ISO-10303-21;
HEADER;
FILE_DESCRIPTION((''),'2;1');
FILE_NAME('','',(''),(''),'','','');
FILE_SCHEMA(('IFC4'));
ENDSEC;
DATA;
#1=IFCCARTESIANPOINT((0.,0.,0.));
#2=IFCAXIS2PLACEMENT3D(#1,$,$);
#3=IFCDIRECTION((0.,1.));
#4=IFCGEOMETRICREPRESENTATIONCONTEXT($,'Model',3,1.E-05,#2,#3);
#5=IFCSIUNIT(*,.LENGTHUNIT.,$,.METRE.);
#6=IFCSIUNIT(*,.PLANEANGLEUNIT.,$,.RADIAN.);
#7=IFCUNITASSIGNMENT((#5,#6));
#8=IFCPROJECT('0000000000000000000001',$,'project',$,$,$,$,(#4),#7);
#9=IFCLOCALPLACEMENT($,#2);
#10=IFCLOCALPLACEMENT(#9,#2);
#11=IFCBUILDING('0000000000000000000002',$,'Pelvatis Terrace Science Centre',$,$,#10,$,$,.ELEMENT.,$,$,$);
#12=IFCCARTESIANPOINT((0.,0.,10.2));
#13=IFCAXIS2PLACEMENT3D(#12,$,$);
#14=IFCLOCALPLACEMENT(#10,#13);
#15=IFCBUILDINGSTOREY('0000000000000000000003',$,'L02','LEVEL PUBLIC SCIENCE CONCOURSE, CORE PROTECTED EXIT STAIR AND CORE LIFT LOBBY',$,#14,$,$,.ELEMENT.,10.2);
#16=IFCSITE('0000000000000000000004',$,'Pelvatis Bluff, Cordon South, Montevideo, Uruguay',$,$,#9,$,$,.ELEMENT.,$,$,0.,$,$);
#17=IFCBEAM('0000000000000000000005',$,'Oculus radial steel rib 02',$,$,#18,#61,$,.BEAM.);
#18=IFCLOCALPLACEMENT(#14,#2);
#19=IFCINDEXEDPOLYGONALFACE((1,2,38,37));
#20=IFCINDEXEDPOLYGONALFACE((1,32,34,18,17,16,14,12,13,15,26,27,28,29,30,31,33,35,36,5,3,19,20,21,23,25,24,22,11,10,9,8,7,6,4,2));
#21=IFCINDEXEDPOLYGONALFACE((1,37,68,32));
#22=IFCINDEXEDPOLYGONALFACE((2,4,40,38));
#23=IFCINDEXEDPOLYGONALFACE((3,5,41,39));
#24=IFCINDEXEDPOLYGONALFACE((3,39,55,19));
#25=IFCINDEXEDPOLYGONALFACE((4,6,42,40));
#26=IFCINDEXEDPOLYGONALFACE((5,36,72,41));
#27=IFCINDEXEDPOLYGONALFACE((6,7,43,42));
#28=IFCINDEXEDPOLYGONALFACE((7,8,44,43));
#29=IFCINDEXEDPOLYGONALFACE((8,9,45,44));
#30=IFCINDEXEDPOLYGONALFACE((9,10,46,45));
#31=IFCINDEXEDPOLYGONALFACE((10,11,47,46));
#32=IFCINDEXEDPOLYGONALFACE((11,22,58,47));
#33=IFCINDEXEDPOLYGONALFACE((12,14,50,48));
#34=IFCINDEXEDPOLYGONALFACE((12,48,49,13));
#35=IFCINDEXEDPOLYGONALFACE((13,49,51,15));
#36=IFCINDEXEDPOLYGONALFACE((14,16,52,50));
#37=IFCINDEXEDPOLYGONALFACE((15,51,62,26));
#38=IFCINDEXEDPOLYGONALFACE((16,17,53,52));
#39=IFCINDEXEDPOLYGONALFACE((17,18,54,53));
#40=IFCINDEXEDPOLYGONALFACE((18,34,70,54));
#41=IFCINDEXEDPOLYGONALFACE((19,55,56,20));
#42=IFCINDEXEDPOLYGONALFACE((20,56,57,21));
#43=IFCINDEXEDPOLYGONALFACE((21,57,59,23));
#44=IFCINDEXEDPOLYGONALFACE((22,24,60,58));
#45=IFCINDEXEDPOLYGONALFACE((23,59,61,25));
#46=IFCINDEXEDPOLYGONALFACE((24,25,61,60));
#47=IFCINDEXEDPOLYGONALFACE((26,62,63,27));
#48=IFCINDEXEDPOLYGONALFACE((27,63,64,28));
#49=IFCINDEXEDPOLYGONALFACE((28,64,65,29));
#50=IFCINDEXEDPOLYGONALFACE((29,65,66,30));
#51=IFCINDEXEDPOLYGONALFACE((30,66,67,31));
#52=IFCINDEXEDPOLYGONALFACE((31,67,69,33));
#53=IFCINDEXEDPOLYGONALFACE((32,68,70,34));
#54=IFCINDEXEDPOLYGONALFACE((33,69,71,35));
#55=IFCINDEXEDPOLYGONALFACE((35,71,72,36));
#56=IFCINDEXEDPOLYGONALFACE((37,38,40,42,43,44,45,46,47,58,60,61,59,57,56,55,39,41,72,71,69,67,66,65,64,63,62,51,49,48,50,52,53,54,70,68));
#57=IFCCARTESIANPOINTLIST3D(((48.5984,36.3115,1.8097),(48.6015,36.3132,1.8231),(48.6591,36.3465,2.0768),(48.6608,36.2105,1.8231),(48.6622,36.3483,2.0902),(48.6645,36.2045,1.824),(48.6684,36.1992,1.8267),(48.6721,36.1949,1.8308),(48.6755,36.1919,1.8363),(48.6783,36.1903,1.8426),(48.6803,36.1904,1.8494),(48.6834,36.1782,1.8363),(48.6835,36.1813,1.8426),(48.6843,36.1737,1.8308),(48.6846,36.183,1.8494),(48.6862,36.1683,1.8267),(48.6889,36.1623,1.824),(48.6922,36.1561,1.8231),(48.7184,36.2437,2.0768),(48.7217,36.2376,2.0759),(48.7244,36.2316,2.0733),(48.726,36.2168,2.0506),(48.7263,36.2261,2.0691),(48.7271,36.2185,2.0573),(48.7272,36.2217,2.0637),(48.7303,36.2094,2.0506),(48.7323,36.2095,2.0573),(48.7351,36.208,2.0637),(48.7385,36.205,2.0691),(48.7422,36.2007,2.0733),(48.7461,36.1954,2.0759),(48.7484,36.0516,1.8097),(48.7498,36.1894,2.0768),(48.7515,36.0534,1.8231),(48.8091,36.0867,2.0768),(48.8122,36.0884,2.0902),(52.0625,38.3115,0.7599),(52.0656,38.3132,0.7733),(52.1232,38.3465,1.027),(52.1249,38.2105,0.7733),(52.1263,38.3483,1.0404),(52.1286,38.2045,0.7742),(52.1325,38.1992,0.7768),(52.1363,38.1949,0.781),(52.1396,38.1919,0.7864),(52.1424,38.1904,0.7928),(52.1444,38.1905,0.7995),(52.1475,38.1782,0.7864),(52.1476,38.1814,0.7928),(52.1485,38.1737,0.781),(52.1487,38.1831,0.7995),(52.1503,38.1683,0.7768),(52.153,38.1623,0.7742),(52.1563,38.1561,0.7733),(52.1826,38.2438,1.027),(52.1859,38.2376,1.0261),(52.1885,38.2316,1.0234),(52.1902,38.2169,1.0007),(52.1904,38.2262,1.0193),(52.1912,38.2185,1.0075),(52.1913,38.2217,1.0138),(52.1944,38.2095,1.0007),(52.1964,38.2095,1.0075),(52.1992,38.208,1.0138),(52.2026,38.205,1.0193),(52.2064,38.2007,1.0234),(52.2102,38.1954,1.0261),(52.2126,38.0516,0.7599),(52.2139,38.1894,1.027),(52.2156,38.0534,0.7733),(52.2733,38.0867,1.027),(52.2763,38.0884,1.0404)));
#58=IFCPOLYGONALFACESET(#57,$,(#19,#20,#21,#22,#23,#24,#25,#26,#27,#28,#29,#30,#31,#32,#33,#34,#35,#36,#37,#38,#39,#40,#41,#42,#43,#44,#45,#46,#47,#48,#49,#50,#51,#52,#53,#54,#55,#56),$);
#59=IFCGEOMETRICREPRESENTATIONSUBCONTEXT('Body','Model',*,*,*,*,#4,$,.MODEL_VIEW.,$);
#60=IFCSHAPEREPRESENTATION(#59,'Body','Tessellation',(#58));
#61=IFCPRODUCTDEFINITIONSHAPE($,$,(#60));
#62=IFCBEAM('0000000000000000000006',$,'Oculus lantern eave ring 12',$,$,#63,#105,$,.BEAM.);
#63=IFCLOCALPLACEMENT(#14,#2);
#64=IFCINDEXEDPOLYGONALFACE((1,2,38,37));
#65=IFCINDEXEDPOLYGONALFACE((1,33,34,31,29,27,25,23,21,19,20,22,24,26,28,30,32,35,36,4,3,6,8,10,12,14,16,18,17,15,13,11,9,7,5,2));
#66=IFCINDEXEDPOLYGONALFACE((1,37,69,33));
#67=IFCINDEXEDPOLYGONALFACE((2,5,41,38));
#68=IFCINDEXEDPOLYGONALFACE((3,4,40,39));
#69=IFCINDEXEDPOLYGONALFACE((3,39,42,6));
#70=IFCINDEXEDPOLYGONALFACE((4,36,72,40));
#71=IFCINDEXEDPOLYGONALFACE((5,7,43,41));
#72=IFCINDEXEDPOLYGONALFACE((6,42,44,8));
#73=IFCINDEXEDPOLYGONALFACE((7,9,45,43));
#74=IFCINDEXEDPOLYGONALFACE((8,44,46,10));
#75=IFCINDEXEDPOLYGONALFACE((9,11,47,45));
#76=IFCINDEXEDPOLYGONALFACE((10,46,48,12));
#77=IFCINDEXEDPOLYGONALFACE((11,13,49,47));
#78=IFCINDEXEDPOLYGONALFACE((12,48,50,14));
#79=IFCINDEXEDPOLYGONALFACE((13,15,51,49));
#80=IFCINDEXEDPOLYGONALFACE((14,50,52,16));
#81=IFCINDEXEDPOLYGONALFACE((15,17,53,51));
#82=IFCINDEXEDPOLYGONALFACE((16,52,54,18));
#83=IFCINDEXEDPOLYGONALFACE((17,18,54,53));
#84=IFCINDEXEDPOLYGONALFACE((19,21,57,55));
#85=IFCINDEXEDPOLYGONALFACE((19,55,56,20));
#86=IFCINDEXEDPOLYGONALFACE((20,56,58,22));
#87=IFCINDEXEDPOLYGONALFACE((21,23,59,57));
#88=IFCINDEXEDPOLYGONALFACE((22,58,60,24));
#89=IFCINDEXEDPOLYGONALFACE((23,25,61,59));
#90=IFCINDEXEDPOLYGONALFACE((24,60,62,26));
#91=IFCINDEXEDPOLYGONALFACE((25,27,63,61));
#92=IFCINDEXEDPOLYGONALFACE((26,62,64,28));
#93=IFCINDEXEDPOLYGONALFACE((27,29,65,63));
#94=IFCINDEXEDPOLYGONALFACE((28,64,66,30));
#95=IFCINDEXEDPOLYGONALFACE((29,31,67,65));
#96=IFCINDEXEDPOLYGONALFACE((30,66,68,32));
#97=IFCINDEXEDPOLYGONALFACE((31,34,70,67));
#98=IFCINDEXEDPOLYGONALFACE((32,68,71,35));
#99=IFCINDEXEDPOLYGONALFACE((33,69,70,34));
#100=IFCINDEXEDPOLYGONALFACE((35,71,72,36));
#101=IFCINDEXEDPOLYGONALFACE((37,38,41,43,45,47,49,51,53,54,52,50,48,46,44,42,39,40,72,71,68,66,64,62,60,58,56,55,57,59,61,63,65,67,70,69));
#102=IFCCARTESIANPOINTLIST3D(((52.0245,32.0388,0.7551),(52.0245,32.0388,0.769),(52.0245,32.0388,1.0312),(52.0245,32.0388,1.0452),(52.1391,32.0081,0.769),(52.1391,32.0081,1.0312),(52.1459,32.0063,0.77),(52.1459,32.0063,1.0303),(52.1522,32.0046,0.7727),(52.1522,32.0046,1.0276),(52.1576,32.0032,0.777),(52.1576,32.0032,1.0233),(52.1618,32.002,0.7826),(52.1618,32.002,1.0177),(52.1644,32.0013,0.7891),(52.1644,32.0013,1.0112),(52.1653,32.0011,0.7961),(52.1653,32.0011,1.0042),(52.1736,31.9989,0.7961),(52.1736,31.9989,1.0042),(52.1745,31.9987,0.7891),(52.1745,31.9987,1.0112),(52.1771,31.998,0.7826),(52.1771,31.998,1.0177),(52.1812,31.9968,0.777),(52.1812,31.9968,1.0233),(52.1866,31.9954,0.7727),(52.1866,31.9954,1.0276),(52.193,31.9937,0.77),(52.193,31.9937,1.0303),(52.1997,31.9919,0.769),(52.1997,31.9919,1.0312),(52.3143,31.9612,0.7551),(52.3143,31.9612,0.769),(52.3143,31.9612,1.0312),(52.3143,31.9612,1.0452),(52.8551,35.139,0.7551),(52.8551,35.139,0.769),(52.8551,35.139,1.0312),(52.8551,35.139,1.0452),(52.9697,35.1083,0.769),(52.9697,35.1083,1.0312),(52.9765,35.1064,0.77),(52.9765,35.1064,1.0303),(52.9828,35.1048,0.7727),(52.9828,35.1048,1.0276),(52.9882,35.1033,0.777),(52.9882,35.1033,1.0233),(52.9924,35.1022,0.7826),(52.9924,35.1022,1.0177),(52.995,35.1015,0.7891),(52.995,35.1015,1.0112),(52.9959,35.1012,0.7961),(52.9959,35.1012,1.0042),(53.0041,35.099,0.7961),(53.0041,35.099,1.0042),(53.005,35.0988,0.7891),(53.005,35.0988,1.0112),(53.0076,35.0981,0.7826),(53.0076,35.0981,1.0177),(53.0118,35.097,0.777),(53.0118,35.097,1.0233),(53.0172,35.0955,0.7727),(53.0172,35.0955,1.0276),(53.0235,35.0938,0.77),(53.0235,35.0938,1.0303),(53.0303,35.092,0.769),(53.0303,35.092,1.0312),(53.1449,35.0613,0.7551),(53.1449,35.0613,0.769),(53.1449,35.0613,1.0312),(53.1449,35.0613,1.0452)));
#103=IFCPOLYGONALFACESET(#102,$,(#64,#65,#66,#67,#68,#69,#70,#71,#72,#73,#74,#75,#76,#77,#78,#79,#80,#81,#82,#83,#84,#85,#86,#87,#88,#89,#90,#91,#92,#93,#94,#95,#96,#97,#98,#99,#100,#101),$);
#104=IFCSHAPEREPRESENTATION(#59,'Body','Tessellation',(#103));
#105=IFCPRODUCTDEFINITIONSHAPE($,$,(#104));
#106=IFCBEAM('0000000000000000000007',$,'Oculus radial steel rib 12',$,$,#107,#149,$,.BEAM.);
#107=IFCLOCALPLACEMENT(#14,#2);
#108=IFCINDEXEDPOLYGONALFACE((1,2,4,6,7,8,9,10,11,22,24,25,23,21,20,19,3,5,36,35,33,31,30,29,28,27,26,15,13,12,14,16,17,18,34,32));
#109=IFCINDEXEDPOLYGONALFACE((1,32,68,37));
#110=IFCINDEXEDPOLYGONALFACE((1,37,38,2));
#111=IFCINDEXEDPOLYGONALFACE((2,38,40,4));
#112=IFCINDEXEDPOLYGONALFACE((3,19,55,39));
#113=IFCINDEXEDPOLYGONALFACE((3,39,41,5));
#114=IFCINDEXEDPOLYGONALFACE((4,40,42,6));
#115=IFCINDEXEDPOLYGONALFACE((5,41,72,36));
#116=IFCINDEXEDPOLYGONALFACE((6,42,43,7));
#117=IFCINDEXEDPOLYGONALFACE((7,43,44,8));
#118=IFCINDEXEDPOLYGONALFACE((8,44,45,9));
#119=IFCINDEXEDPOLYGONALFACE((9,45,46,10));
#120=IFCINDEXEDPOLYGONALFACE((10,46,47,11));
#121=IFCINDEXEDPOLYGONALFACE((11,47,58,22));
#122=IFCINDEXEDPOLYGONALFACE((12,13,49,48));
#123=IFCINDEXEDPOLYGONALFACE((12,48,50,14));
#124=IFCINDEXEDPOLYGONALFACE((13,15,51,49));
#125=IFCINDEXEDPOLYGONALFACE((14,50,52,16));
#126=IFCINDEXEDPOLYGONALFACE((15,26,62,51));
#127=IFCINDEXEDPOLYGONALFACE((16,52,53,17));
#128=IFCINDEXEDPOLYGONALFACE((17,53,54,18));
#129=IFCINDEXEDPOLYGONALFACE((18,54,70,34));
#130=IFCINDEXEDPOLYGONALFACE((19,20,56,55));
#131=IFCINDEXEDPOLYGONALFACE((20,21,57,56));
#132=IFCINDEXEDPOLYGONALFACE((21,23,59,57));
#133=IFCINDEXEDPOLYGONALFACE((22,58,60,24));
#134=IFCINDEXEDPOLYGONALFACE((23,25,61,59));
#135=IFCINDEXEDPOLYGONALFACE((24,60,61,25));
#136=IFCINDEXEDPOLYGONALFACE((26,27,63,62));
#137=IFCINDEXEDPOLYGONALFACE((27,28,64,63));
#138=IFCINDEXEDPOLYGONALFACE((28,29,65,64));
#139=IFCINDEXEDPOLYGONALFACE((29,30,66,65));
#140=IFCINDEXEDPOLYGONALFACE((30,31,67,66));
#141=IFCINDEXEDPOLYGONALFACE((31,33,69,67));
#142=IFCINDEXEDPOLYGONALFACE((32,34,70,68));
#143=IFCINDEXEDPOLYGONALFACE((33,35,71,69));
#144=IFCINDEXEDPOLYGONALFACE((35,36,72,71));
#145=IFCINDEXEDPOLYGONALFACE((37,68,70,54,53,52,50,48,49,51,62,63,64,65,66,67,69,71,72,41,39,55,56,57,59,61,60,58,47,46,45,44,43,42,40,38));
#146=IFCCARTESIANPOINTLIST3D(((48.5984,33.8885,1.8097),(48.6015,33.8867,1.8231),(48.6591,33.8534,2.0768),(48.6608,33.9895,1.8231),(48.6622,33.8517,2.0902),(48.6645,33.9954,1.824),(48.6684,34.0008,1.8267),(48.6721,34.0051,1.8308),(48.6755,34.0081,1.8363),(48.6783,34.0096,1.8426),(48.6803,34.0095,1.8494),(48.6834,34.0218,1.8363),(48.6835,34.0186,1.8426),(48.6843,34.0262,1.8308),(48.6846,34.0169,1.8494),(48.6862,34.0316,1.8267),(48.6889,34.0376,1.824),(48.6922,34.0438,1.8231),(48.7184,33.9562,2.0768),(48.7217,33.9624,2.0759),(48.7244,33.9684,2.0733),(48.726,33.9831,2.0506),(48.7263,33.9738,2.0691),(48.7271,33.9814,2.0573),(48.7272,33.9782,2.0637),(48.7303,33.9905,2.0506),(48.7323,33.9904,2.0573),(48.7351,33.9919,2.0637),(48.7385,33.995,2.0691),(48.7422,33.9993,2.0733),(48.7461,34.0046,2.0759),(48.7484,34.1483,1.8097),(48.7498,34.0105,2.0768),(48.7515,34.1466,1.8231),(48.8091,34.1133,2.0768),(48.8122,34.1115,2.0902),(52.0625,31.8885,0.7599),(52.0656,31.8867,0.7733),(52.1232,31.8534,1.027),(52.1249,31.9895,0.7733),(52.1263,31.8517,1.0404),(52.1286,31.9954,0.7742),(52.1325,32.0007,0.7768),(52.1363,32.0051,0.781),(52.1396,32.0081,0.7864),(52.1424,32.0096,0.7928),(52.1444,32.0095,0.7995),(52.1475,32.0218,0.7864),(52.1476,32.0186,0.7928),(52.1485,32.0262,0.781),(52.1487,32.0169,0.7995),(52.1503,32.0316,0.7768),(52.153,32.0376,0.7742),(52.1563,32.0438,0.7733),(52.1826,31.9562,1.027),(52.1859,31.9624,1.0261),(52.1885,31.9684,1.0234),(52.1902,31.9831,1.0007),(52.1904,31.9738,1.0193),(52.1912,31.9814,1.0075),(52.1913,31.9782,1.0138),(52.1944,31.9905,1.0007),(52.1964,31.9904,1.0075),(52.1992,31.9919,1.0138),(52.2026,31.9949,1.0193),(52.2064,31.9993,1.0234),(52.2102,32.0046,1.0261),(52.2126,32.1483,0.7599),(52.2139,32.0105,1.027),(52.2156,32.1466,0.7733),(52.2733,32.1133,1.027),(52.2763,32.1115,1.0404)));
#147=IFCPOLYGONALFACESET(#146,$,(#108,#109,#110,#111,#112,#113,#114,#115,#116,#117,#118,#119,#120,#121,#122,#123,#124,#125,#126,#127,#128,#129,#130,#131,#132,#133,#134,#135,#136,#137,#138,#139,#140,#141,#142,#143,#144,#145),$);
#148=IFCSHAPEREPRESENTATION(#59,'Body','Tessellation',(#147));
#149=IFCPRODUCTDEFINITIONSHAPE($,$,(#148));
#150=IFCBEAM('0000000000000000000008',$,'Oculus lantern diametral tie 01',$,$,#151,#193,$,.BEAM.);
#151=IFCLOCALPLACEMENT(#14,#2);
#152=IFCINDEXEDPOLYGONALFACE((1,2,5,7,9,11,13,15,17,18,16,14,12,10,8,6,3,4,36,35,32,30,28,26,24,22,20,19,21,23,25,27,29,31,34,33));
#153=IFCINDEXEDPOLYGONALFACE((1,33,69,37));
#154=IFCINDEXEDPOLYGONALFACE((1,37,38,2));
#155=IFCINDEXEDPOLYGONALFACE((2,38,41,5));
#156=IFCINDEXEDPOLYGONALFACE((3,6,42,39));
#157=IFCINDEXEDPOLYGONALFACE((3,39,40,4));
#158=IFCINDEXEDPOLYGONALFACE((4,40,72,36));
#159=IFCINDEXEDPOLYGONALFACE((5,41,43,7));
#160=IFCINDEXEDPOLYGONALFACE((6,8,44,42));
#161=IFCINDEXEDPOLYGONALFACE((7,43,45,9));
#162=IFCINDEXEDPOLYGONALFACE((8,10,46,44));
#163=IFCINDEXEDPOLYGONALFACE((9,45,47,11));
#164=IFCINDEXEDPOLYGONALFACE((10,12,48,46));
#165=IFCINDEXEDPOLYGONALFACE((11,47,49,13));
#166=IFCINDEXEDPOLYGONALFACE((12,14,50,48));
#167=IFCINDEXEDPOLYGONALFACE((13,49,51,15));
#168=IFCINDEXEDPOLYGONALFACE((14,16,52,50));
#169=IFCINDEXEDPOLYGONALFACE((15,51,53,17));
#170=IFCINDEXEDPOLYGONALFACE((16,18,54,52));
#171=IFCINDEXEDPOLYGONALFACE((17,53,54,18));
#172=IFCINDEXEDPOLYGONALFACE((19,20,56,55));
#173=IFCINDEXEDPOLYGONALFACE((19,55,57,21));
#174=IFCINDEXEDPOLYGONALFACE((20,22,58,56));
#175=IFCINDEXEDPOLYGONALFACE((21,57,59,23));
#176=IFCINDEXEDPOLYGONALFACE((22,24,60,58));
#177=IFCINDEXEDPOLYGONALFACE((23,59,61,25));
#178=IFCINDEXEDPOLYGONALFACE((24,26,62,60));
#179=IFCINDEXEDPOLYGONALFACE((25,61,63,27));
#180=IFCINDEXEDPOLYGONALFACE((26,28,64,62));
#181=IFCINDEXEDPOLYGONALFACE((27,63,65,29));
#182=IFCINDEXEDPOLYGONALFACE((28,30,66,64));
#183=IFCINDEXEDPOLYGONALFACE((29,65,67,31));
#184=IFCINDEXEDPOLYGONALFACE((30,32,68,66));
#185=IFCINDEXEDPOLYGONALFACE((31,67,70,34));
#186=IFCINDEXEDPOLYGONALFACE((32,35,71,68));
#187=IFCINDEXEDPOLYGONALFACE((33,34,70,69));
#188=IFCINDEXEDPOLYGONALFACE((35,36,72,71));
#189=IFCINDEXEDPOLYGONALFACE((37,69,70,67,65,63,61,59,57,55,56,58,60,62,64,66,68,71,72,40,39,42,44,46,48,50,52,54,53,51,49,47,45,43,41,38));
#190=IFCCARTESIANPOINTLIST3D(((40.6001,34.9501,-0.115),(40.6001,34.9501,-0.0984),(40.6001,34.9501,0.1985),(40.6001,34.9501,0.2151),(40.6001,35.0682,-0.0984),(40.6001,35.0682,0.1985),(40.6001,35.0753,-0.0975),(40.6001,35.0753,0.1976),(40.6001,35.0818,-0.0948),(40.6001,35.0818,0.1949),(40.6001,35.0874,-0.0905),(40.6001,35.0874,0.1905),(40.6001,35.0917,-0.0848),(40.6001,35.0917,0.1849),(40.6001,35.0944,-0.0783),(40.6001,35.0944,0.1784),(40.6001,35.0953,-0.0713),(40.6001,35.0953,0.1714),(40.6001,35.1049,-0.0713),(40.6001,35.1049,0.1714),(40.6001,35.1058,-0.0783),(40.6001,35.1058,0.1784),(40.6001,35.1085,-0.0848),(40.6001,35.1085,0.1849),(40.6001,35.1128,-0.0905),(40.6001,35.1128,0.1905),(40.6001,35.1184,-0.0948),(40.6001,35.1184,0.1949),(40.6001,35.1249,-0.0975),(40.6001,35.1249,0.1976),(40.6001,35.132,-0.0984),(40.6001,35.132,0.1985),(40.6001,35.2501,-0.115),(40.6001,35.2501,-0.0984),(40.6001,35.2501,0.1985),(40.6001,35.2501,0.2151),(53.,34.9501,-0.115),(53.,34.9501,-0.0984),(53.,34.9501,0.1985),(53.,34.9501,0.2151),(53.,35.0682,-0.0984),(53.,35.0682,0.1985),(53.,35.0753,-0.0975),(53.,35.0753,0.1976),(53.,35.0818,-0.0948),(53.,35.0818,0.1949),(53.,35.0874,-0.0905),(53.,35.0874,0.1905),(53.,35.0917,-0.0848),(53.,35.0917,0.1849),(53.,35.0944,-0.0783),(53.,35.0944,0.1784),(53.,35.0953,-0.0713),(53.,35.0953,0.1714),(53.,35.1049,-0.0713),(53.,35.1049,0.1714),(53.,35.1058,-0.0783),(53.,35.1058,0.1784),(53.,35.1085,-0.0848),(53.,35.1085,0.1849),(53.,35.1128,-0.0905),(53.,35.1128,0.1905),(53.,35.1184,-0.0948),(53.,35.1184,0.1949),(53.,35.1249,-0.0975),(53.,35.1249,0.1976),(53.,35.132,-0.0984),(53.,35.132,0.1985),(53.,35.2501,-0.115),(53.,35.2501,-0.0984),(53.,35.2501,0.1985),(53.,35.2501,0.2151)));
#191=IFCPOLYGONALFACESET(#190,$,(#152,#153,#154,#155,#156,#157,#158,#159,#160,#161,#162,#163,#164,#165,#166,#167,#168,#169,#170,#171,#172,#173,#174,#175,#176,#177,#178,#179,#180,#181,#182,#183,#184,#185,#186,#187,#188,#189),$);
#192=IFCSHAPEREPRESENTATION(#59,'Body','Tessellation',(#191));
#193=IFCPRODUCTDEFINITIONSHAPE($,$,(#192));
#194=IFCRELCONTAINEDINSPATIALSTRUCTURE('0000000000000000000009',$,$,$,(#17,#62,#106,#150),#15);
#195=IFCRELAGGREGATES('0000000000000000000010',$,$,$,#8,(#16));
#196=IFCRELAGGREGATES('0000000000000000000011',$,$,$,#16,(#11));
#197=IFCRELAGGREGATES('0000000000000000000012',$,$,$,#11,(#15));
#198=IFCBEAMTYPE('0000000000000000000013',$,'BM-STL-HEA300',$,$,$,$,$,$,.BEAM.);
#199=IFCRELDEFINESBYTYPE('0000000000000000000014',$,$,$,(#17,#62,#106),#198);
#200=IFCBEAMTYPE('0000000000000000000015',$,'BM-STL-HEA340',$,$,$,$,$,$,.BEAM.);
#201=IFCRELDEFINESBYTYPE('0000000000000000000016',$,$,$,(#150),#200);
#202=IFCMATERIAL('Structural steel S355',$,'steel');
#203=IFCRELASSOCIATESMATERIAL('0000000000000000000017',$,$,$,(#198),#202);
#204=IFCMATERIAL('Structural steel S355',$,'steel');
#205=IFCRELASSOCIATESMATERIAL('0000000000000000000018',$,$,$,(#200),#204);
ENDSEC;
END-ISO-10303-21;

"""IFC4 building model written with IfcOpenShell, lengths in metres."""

from ifc_helpers import new_model, si_unit, direction, frame, origin, origin_2d, place, context, subcontext, project, spatial, i_section, extrude, material, material_profile, profile_set, type_object, element, save


model = new_model("IFC4")

# Units and contexts
model_context = context("Model", 3, precision=1e-05, world=origin(), true_north=direction((0.0, 1.0)))
body_context = subcontext(model_context, "Body", "Model", "MODEL_VIEW")
ifc_project = project(units=[si_unit("LENGTHUNIT", "METRE"), si_unit("PLANEANGLEUNIT", "RADIAN")], contexts=[model_context])

# Site, building, storey
site_placement = place(None, origin())
site = spatial("IfcSite", under=ifc_project, at=site_placement, Name="Pelvatis Bluff, Cordon South, Montevideo, Uruguay", CompositionType="ELEMENT", RefElevation=0.0)
building_placement = place(site_placement, origin())
building = spatial("IfcBuilding", under=site, at=building_placement, Name="Pelvatis Terrace Science Centre", CompositionType="ELEMENT")
storey_placement = place(building_placement, frame((0.0, 0.0, 10.2)))
storey = spatial("IfcBuildingStorey", under=building, at=storey_placement, Name="L02", Description="LEVEL PUBLIC SCIENCE CONCOURSE, CORE PROTECTED EXIT STAIR AND CORE LIFT LOBBY", CompositionType="ELEMENT", Elevation=10.2)

# Beams
ifc_material_1 = material(Name="Structural steel S355", Category="steel")
ifc_material_profile_1 = material_profile(ifc_material_1, i_section(OverallWidth=0.3, OverallDepth=0.29, WebThickness=0.0085, FlangeThickness=0.0139, FilletRadius=0.0271, at=origin_2d()), Name="HEA 300")
ifc_profile_set_1 = profile_set([ifc_material_profile_1], Name="Structural steel S355")
beam_type_1 = type_object("IfcBeamType", Name="BM-STL-HEA300", PredefinedType="BEAM", material=ifc_profile_set_1)
beam_1_placement = place(storey_placement, frame((52.1694, 38.2, 0.9001), z_axis=(-0.837657, -0.48362, 0.253853), x_axis=(0.499999, -0.866026, 0.0)))
element("IfcBeam", 1, at=beam_1_placement, inside=storey, type_object=beam_type_1, Name="Oculus radial steel rib 02", PredefinedType="BEAM", context=body_context, shape_type="SweptSolid", body=[
    extrude(i_section(OverallWidth=0.3, OverallDepth=0.29, WebThickness=0.0085, FlangeThickness=0.0139, FilletRadius=0.0271, at=origin_2d()), origin(), (0.0, 0.0, 1.0), 4.1355),
])
beam_2_placement = place(storey_placement, frame((52.1694, 32.0, 0.9001), z_axis=(0.258789, 0.965934, 0.0), x_axis=(-0.965934, 0.258789, 0.0)))
element("IfcBeam", 2, at=beam_2_placement, inside=storey, type_object=beam_type_1, Name="Oculus lantern eave ring 12", PredefinedType="BEAM", context=body_context, shape_type="SweptSolid", body=[
    extrude(i_section(OverallWidth=0.3, OverallDepth=0.29, WebThickness=0.0085, FlangeThickness=0.0139, FilletRadius=0.0271, at=origin_2d()), origin(), (0.0, 0.0, 1.0), 3.2095),
])
beam_3_placement = place(storey_placement, frame((52.1694, 32.0, 0.9001), z_axis=(-0.837657, 0.48362, 0.253853), x_axis=(-0.499999, -0.866026, 0.0)))
element("IfcBeam", 3, at=beam_3_placement, inside=storey, type_object=beam_type_1, Name="Oculus radial steel rib 12", PredefinedType="BEAM", context=body_context, shape_type="SweptSolid", body=[
    extrude(i_section(OverallWidth=0.3, OverallDepth=0.29, WebThickness=0.0085, FlangeThickness=0.0139, FilletRadius=0.0271, at=origin_2d()), origin(), (0.0, 0.0, 1.0), 4.1355),
])
ifc_material_2 = material(Name="Structural steel S355", Category="steel")
ifc_material_profile_2 = material_profile(ifc_material_2, i_section(OverallWidth=0.3, OverallDepth=0.3301, WebThickness=0.0095, FlangeThickness=0.0166, FilletRadius=0.0271, at=origin_2d()), Name="HEA 340")
ifc_profile_set_2 = profile_set([ifc_material_profile_2], Name="Structural steel S355")
beam_type_2 = type_object("IfcBeamType", Name="BM-STL-HEA340", PredefinedType="BEAM", material=ifc_profile_set_2)
for number, where, z_axis, x_axis, name in (
    (4, (53.0, 35.1001, 0.05), (-1.0, 0.0, 0.0), (0.0, -1.0, 0.0), "Oculus lantern diametral tie 01"),
):
    element("IfcBeam", number, at=place(storey_placement, frame(where, z_axis=z_axis, x_axis=x_axis)), inside=storey, type_object=beam_type_2, Name=name, PredefinedType="BEAM", context=body_context, shape_type="SweptSolid", body=[
        extrude(i_section(OverallWidth=0.3, OverallDepth=0.3301, WebThickness=0.0095, FlangeThickness=0.0166, FilletRadius=0.0271, at=origin_2d()), origin(), (0.0, 0.0, 1.0), 12.3999),
    ])

save(model, "model.ifc")
